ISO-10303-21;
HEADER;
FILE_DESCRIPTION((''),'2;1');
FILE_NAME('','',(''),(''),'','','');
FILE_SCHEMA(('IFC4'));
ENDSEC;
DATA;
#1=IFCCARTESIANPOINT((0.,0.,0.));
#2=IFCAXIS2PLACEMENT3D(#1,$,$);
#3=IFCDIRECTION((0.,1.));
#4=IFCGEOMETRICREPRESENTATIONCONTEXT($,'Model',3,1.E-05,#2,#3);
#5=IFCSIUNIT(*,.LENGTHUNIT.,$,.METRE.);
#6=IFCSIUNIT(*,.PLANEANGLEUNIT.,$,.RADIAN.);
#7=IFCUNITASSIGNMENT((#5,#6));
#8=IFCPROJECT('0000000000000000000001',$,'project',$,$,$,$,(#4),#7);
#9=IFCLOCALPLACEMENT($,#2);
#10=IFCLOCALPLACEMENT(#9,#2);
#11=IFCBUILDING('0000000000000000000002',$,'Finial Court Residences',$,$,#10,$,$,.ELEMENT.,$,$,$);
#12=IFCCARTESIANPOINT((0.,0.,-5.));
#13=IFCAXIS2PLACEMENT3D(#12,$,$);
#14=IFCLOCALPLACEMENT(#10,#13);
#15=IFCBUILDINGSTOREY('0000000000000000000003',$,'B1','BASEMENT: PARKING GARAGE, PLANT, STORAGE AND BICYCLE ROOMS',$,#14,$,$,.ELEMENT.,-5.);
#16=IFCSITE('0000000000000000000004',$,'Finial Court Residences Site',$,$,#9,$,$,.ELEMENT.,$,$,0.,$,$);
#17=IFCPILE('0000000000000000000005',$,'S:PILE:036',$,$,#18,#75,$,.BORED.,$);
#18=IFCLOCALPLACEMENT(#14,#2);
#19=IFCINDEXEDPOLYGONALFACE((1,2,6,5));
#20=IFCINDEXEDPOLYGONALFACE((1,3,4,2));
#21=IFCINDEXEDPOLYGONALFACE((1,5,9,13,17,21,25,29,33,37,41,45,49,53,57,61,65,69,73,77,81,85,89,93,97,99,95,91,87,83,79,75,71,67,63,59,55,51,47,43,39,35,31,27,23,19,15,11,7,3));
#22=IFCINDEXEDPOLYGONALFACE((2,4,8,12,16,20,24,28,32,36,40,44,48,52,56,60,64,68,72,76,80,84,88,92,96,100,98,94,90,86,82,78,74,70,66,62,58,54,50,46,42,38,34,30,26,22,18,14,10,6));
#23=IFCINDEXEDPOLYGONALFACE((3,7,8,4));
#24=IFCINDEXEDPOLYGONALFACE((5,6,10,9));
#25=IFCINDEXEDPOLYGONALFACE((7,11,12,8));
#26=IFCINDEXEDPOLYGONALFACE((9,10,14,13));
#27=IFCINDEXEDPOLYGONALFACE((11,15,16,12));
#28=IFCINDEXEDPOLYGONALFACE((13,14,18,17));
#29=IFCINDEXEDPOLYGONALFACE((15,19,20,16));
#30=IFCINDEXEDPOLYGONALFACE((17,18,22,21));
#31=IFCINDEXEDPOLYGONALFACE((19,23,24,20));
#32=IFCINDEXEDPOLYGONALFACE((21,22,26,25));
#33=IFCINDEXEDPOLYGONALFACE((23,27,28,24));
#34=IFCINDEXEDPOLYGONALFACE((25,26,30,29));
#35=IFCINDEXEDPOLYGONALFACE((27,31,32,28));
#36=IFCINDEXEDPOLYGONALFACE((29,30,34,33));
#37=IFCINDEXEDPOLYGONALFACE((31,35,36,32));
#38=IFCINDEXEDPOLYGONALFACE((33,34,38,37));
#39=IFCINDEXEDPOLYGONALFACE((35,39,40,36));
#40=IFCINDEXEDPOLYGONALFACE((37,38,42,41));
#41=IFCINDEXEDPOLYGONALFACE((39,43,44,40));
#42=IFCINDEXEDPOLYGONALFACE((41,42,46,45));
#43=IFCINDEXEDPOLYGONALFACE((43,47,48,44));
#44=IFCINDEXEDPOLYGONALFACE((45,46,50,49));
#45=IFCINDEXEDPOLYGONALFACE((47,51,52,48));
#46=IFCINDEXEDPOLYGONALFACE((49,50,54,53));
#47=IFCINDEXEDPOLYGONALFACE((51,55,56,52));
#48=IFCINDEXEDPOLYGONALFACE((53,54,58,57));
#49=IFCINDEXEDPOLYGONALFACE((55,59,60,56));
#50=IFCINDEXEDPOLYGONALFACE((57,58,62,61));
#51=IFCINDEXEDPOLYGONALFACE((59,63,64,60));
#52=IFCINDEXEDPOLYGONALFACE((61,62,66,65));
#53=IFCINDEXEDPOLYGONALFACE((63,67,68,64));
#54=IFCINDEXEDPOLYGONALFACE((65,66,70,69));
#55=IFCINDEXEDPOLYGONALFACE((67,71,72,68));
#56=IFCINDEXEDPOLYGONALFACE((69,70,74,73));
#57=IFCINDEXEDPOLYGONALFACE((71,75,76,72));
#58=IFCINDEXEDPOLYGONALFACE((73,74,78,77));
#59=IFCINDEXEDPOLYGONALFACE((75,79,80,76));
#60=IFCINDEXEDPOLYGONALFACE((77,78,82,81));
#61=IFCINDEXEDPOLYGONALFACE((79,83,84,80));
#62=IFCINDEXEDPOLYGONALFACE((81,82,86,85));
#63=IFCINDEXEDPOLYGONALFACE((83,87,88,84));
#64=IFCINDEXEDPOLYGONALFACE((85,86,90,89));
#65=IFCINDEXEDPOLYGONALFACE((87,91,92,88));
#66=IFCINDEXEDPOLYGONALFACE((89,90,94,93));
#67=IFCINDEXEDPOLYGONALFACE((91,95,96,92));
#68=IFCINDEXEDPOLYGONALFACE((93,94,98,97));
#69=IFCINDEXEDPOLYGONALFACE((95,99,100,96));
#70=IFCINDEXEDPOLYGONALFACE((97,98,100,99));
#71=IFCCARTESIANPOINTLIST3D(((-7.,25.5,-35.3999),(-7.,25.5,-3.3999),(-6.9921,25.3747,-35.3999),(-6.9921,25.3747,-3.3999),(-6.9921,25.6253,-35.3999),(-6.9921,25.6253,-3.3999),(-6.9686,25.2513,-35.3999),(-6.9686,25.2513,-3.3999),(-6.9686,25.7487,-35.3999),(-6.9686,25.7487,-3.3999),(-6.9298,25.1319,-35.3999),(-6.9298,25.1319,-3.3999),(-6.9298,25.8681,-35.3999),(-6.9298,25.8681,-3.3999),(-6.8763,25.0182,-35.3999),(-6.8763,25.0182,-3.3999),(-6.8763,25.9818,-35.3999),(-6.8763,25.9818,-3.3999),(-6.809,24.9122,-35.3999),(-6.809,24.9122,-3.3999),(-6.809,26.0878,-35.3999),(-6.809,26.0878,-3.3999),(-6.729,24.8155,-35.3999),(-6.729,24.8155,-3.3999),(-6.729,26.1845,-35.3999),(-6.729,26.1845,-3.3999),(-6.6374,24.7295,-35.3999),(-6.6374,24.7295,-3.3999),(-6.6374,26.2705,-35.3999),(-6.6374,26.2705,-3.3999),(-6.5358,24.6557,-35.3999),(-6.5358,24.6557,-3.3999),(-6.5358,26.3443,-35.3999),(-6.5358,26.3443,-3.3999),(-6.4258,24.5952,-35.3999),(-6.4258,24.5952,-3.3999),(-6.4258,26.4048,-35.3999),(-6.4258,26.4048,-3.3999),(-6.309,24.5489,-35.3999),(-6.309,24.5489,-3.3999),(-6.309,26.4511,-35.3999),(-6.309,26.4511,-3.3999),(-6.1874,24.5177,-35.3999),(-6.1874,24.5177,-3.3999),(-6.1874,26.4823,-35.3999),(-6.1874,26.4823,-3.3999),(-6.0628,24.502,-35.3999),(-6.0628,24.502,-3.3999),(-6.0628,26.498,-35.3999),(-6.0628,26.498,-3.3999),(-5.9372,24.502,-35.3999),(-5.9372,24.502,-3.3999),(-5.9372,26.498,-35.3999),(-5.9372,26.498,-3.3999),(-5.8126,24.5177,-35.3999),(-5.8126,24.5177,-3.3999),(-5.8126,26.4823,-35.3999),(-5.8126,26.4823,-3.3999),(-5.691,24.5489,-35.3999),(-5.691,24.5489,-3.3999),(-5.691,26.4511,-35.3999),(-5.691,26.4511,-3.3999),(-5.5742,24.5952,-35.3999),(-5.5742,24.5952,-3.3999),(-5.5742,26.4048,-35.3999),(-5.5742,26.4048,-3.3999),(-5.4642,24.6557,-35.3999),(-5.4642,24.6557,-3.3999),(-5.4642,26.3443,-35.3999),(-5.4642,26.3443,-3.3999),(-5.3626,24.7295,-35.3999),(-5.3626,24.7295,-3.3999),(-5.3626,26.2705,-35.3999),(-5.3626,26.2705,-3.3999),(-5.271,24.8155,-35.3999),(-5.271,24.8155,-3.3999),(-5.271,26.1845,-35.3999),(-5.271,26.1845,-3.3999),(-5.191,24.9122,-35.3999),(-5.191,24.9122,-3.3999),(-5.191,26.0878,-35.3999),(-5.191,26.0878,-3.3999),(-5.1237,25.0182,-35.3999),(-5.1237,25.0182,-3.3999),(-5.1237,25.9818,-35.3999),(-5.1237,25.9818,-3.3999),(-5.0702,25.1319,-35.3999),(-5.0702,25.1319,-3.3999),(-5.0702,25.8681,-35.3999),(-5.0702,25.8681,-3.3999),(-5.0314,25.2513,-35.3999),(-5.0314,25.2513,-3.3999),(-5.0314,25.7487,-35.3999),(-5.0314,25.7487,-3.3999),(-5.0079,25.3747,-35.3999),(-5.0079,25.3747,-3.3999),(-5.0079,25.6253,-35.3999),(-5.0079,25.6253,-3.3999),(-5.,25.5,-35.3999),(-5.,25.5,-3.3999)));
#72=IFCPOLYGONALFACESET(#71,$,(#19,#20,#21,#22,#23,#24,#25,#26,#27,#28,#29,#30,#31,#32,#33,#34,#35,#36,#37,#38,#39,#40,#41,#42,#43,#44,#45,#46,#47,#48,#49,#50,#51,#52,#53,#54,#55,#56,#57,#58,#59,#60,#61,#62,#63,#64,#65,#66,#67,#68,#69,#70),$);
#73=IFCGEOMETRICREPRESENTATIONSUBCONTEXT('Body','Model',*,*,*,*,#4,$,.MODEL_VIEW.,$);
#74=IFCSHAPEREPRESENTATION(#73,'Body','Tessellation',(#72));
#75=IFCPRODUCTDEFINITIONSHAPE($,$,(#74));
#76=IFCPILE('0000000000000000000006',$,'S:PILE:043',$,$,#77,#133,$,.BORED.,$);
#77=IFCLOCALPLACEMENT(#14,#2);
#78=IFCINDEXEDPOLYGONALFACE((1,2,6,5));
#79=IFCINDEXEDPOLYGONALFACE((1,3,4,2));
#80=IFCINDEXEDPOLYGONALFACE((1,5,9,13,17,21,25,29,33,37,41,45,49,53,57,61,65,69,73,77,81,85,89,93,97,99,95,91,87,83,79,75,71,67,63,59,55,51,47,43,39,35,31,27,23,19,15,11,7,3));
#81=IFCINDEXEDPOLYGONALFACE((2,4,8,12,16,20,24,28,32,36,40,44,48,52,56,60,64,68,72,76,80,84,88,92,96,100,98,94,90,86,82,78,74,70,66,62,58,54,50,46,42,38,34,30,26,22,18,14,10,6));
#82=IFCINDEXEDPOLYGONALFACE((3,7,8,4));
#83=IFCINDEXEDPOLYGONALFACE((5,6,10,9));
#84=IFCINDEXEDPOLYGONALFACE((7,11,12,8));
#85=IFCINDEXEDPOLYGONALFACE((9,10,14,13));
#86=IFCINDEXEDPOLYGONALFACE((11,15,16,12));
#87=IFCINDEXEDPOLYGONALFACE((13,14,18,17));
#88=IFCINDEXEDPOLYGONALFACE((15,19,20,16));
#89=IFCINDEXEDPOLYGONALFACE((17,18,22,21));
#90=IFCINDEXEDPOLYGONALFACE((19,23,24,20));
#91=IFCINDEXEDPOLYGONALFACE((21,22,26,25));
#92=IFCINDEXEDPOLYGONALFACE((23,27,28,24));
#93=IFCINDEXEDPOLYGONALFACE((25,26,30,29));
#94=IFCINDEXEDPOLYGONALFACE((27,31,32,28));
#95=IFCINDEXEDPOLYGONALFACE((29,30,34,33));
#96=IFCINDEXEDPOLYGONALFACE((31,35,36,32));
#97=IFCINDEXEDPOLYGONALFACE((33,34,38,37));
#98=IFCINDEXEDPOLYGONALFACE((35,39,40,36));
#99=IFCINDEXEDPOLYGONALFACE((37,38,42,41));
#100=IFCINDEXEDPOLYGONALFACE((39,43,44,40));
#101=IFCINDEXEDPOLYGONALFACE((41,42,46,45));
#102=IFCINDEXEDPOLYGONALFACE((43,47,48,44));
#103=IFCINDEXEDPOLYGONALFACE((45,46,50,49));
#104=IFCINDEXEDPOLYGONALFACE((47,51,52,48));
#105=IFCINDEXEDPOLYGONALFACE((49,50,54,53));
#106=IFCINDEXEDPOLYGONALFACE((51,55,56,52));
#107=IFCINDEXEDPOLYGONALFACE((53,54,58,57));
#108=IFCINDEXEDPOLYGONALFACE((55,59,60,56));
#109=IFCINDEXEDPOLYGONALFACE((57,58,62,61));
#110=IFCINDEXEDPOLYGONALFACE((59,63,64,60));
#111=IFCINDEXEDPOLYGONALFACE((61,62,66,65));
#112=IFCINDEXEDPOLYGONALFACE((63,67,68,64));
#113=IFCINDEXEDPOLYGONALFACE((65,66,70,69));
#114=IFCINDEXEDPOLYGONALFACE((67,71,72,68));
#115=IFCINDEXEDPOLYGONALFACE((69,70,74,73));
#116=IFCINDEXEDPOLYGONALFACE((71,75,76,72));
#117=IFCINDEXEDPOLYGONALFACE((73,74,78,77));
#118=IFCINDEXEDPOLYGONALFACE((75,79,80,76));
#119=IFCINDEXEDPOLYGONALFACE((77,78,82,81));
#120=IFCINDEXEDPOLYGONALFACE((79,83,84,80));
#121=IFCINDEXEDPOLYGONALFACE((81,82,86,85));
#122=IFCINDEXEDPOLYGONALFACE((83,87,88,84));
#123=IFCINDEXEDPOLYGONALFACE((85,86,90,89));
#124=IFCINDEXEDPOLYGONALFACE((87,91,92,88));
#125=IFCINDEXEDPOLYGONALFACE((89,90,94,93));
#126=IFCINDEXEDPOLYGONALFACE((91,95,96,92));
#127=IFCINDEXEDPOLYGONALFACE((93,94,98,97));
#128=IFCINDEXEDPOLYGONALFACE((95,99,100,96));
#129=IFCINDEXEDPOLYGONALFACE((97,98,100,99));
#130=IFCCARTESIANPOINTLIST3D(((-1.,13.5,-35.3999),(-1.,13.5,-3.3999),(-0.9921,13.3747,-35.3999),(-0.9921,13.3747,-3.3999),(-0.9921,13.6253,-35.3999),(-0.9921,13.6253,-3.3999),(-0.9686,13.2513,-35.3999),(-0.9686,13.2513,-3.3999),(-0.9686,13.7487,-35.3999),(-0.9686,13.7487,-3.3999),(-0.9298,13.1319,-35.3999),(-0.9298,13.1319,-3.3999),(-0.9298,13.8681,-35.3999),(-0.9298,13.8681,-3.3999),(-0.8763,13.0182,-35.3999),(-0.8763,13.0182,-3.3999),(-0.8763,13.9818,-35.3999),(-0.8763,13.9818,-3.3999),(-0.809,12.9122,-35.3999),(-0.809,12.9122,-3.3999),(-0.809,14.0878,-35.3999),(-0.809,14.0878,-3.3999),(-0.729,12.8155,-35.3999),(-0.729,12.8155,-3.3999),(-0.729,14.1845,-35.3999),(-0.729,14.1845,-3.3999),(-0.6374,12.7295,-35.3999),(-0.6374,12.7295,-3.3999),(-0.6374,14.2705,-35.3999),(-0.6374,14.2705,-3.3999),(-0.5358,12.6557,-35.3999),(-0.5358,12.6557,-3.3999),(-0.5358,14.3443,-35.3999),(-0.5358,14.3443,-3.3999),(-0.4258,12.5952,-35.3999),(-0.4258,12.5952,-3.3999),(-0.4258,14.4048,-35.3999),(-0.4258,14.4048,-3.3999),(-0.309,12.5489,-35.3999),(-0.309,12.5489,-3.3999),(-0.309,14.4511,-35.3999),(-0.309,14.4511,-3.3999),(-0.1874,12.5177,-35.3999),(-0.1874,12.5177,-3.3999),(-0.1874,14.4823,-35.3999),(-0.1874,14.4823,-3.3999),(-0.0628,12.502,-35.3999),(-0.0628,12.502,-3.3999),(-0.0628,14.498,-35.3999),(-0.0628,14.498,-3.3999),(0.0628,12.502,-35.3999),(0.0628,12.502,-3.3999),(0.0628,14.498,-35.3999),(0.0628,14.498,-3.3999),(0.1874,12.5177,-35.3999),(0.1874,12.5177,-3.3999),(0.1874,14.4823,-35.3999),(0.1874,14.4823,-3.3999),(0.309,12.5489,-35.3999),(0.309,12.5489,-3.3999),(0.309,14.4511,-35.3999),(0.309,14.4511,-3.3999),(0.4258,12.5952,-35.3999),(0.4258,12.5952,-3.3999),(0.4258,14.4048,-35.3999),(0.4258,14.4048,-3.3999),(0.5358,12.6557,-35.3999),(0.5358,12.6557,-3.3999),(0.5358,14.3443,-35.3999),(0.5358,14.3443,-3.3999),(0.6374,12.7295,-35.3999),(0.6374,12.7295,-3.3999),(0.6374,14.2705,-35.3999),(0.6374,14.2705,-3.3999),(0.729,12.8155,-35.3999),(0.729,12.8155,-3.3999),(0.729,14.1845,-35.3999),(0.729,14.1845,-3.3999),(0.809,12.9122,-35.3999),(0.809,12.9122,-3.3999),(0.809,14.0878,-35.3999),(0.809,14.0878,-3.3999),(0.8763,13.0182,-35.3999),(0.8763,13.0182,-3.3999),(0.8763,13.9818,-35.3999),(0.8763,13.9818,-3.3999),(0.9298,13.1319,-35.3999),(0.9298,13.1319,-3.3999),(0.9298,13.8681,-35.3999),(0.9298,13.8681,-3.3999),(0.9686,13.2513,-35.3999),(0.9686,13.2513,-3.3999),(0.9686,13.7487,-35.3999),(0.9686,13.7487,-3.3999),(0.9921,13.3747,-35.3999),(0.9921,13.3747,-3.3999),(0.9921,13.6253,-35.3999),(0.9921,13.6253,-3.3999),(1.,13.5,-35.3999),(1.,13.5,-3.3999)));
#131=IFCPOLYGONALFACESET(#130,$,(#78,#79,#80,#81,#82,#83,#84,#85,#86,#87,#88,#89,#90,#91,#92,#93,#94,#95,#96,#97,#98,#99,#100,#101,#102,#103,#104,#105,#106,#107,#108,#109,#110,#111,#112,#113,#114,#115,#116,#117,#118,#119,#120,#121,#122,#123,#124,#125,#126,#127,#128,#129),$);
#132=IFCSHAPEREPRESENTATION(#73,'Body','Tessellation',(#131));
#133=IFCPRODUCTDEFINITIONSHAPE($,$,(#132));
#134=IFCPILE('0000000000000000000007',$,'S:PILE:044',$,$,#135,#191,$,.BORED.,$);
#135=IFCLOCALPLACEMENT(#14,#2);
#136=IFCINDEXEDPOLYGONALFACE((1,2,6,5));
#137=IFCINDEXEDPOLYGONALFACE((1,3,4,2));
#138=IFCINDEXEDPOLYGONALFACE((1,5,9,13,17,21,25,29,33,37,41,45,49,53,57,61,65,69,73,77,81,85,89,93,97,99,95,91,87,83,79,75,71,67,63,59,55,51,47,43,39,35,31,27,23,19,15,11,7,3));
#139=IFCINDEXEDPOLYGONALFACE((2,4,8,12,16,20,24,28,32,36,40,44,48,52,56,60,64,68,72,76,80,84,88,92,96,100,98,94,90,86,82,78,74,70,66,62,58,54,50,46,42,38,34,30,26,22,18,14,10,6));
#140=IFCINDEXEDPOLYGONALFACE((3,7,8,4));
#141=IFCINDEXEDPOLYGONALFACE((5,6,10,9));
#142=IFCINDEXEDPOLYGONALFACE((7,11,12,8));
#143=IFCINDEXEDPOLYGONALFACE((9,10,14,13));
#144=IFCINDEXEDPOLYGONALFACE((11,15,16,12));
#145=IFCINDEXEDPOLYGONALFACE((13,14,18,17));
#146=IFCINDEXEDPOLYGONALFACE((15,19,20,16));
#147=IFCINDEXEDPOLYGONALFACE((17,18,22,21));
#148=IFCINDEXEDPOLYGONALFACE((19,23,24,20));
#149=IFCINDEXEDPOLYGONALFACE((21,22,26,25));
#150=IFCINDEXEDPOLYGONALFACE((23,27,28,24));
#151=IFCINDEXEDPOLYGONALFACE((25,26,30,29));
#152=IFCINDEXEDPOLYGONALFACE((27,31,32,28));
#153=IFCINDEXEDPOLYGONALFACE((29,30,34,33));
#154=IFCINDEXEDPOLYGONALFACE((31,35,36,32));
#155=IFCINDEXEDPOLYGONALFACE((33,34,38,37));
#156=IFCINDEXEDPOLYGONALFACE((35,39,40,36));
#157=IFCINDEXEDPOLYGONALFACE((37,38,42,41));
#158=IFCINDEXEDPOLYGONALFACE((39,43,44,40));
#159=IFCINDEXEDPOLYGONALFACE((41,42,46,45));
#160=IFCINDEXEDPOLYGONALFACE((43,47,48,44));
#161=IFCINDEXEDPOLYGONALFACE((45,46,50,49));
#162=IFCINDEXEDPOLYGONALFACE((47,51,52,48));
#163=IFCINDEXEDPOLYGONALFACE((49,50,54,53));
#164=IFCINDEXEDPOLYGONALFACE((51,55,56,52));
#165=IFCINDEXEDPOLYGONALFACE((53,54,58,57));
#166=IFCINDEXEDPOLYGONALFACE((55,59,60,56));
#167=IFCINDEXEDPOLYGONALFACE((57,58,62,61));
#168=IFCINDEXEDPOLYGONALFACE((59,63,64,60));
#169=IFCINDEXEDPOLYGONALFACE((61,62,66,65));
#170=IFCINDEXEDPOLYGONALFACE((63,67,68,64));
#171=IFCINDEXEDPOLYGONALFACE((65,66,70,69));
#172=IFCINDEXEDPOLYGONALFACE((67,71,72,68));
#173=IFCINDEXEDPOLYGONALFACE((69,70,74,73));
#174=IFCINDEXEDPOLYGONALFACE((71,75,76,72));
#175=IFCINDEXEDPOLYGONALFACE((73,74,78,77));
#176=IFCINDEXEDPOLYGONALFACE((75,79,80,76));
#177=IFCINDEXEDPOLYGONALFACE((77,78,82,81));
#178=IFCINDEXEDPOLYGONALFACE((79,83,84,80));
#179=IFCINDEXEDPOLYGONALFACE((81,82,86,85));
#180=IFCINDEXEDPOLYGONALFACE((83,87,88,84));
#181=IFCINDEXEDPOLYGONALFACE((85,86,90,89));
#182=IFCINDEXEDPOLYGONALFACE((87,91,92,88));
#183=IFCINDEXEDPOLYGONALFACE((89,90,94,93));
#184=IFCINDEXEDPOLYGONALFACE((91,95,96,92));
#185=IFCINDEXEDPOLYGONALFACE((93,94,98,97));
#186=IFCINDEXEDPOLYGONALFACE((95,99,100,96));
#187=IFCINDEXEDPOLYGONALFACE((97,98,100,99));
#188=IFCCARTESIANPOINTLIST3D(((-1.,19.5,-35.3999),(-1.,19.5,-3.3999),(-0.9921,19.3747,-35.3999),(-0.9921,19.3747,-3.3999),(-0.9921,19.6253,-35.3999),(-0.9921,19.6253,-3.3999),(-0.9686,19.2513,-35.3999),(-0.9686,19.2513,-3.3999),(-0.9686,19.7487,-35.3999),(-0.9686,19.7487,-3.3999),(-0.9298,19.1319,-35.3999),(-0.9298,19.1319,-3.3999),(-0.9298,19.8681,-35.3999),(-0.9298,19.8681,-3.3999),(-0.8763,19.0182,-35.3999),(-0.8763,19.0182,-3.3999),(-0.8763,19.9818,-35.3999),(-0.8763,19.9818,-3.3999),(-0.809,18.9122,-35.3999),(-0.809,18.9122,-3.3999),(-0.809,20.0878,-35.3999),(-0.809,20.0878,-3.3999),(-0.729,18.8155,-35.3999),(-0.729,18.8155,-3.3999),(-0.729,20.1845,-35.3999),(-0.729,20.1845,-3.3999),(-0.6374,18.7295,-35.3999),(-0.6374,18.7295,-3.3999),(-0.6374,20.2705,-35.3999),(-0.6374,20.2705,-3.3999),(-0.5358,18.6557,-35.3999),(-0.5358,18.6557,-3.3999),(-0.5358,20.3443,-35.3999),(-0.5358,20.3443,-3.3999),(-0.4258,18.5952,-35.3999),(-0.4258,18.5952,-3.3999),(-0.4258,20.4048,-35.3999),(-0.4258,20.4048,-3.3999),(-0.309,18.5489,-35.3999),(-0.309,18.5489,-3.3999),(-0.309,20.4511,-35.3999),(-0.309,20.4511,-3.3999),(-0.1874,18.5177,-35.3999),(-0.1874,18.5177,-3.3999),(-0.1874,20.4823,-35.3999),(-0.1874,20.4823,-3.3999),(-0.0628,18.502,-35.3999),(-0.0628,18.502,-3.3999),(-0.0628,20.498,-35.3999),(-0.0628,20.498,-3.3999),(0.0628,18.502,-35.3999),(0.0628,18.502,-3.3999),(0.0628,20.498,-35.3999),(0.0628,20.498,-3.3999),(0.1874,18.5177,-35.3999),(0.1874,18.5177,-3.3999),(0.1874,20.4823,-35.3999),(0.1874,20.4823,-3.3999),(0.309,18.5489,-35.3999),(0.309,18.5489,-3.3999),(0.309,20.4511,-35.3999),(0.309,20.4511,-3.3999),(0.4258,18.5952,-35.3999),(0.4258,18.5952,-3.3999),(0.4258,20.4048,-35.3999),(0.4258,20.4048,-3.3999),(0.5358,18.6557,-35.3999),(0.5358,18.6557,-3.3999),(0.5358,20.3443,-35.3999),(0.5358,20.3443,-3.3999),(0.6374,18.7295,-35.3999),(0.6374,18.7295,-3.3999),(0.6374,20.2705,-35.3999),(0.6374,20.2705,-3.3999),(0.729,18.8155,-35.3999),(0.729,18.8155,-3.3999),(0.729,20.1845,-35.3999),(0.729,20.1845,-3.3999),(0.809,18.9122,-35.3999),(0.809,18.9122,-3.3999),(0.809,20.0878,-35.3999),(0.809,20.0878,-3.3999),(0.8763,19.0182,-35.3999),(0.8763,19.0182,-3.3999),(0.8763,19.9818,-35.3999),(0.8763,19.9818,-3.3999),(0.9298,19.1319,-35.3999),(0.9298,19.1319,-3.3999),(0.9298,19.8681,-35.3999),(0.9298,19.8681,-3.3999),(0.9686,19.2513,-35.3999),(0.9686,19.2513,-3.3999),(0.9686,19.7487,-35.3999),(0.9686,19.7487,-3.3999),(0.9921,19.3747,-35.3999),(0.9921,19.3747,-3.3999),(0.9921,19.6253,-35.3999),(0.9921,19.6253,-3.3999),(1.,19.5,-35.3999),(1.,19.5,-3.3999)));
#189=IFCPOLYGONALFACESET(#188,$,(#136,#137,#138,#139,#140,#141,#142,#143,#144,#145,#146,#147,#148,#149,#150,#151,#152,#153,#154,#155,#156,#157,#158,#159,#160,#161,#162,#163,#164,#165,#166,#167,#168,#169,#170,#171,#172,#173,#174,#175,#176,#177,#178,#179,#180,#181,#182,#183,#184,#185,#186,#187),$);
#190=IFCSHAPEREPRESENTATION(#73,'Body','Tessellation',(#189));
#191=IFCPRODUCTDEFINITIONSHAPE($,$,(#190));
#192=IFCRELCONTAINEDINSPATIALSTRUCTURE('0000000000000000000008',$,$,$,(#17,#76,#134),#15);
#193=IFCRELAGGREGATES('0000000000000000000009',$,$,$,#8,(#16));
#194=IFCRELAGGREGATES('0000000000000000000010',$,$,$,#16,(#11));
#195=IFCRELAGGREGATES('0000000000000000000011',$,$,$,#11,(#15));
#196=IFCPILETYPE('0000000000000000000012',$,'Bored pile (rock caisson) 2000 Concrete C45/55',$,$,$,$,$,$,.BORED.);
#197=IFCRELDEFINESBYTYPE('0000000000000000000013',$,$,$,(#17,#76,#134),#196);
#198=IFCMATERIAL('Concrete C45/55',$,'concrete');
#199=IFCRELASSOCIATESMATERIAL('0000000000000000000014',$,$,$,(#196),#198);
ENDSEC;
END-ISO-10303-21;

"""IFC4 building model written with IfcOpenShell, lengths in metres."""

from ifc_helpers import new_model, si_unit, direction, frame, origin, origin_2d, place, context, subcontext, project, spatial, circle, extrude, material, material_profile, profile_set, type_object, element, save


model = new_model("IFC4")

# Units and contexts
model_context = context("Model", 3, precision=1e-05, world=origin(), true_north=direction((0.0, 1.0)))
body_context = subcontext(model_context, "Body", "Model", "MODEL_VIEW")
ifc_project = project(units=[si_unit("LENGTHUNIT", "METRE"), si_unit("PLANEANGLEUNIT", "RADIAN")], contexts=[model_context])

# Site, building, storey
site_placement = place(None, origin())
site = spatial("IfcSite", under=ifc_project, at=site_placement, Name="Finial Court Residences Site", CompositionType="ELEMENT", RefElevation=0.0)
building_placement = place(site_placement, origin())
building = spatial("IfcBuilding", under=site, at=building_placement, Name="Finial Court Residences", CompositionType="ELEMENT")
storey_placement = place(building_placement, frame((0.0, 0.0, -5.0)))
storey = spatial("IfcBuildingStorey", under=building, at=storey_placement, Name="B1", Description="BASEMENT: PARKING GARAGE, PLANT, STORAGE AND BICYCLE ROOMS", CompositionType="ELEMENT", Elevation=-5.0)

# Piles
ifc_material_1 = material(Name="Concrete C45/55", Category="concrete")
ifc_material_profile_1 = material_profile(ifc_material_1, circle(Radius=1.0, at=origin_2d()), Name="D2000")
ifc_profile_set_1 = profile_set([ifc_material_profile_1], Name="Concrete C45/55")
pile_type = type_object("IfcPileType", Name="Bored pile (rock caisson) 2000 Concrete C45/55", PredefinedType="BORED", material=ifc_profile_set_1)
for number, where, z_axis, x_axis, name in (
    (1, (-6.0, 25.5, -3.3999), (0.0, 0.0, -1.0), (1.0, 0.0, 0.0), "S:PILE:036"),
    (2, (0.0, 13.5, -3.3999), (0.0, 0.0, -1.0), (1.0, 0.0, 0.0), "S:PILE:043"),
    (3, (0.0, 19.5, -3.3999), (0.0, 0.0, -1.0), (1.0, 0.0, 0.0), "S:PILE:044"),
):
    element("IfcPile", number, at=place(storey_placement, frame(where, z_axis=z_axis, x_axis=x_axis)), inside=storey, type_object=pile_type, Name=name, PredefinedType="BORED", context=body_context, shape_type="SweptSolid", body=[
        extrude(circle(Radius=1.0, at=origin_2d()), origin(), (0.0, 0.0, 1.0), 32.0),
    ])

save(model, "model.ifc")
